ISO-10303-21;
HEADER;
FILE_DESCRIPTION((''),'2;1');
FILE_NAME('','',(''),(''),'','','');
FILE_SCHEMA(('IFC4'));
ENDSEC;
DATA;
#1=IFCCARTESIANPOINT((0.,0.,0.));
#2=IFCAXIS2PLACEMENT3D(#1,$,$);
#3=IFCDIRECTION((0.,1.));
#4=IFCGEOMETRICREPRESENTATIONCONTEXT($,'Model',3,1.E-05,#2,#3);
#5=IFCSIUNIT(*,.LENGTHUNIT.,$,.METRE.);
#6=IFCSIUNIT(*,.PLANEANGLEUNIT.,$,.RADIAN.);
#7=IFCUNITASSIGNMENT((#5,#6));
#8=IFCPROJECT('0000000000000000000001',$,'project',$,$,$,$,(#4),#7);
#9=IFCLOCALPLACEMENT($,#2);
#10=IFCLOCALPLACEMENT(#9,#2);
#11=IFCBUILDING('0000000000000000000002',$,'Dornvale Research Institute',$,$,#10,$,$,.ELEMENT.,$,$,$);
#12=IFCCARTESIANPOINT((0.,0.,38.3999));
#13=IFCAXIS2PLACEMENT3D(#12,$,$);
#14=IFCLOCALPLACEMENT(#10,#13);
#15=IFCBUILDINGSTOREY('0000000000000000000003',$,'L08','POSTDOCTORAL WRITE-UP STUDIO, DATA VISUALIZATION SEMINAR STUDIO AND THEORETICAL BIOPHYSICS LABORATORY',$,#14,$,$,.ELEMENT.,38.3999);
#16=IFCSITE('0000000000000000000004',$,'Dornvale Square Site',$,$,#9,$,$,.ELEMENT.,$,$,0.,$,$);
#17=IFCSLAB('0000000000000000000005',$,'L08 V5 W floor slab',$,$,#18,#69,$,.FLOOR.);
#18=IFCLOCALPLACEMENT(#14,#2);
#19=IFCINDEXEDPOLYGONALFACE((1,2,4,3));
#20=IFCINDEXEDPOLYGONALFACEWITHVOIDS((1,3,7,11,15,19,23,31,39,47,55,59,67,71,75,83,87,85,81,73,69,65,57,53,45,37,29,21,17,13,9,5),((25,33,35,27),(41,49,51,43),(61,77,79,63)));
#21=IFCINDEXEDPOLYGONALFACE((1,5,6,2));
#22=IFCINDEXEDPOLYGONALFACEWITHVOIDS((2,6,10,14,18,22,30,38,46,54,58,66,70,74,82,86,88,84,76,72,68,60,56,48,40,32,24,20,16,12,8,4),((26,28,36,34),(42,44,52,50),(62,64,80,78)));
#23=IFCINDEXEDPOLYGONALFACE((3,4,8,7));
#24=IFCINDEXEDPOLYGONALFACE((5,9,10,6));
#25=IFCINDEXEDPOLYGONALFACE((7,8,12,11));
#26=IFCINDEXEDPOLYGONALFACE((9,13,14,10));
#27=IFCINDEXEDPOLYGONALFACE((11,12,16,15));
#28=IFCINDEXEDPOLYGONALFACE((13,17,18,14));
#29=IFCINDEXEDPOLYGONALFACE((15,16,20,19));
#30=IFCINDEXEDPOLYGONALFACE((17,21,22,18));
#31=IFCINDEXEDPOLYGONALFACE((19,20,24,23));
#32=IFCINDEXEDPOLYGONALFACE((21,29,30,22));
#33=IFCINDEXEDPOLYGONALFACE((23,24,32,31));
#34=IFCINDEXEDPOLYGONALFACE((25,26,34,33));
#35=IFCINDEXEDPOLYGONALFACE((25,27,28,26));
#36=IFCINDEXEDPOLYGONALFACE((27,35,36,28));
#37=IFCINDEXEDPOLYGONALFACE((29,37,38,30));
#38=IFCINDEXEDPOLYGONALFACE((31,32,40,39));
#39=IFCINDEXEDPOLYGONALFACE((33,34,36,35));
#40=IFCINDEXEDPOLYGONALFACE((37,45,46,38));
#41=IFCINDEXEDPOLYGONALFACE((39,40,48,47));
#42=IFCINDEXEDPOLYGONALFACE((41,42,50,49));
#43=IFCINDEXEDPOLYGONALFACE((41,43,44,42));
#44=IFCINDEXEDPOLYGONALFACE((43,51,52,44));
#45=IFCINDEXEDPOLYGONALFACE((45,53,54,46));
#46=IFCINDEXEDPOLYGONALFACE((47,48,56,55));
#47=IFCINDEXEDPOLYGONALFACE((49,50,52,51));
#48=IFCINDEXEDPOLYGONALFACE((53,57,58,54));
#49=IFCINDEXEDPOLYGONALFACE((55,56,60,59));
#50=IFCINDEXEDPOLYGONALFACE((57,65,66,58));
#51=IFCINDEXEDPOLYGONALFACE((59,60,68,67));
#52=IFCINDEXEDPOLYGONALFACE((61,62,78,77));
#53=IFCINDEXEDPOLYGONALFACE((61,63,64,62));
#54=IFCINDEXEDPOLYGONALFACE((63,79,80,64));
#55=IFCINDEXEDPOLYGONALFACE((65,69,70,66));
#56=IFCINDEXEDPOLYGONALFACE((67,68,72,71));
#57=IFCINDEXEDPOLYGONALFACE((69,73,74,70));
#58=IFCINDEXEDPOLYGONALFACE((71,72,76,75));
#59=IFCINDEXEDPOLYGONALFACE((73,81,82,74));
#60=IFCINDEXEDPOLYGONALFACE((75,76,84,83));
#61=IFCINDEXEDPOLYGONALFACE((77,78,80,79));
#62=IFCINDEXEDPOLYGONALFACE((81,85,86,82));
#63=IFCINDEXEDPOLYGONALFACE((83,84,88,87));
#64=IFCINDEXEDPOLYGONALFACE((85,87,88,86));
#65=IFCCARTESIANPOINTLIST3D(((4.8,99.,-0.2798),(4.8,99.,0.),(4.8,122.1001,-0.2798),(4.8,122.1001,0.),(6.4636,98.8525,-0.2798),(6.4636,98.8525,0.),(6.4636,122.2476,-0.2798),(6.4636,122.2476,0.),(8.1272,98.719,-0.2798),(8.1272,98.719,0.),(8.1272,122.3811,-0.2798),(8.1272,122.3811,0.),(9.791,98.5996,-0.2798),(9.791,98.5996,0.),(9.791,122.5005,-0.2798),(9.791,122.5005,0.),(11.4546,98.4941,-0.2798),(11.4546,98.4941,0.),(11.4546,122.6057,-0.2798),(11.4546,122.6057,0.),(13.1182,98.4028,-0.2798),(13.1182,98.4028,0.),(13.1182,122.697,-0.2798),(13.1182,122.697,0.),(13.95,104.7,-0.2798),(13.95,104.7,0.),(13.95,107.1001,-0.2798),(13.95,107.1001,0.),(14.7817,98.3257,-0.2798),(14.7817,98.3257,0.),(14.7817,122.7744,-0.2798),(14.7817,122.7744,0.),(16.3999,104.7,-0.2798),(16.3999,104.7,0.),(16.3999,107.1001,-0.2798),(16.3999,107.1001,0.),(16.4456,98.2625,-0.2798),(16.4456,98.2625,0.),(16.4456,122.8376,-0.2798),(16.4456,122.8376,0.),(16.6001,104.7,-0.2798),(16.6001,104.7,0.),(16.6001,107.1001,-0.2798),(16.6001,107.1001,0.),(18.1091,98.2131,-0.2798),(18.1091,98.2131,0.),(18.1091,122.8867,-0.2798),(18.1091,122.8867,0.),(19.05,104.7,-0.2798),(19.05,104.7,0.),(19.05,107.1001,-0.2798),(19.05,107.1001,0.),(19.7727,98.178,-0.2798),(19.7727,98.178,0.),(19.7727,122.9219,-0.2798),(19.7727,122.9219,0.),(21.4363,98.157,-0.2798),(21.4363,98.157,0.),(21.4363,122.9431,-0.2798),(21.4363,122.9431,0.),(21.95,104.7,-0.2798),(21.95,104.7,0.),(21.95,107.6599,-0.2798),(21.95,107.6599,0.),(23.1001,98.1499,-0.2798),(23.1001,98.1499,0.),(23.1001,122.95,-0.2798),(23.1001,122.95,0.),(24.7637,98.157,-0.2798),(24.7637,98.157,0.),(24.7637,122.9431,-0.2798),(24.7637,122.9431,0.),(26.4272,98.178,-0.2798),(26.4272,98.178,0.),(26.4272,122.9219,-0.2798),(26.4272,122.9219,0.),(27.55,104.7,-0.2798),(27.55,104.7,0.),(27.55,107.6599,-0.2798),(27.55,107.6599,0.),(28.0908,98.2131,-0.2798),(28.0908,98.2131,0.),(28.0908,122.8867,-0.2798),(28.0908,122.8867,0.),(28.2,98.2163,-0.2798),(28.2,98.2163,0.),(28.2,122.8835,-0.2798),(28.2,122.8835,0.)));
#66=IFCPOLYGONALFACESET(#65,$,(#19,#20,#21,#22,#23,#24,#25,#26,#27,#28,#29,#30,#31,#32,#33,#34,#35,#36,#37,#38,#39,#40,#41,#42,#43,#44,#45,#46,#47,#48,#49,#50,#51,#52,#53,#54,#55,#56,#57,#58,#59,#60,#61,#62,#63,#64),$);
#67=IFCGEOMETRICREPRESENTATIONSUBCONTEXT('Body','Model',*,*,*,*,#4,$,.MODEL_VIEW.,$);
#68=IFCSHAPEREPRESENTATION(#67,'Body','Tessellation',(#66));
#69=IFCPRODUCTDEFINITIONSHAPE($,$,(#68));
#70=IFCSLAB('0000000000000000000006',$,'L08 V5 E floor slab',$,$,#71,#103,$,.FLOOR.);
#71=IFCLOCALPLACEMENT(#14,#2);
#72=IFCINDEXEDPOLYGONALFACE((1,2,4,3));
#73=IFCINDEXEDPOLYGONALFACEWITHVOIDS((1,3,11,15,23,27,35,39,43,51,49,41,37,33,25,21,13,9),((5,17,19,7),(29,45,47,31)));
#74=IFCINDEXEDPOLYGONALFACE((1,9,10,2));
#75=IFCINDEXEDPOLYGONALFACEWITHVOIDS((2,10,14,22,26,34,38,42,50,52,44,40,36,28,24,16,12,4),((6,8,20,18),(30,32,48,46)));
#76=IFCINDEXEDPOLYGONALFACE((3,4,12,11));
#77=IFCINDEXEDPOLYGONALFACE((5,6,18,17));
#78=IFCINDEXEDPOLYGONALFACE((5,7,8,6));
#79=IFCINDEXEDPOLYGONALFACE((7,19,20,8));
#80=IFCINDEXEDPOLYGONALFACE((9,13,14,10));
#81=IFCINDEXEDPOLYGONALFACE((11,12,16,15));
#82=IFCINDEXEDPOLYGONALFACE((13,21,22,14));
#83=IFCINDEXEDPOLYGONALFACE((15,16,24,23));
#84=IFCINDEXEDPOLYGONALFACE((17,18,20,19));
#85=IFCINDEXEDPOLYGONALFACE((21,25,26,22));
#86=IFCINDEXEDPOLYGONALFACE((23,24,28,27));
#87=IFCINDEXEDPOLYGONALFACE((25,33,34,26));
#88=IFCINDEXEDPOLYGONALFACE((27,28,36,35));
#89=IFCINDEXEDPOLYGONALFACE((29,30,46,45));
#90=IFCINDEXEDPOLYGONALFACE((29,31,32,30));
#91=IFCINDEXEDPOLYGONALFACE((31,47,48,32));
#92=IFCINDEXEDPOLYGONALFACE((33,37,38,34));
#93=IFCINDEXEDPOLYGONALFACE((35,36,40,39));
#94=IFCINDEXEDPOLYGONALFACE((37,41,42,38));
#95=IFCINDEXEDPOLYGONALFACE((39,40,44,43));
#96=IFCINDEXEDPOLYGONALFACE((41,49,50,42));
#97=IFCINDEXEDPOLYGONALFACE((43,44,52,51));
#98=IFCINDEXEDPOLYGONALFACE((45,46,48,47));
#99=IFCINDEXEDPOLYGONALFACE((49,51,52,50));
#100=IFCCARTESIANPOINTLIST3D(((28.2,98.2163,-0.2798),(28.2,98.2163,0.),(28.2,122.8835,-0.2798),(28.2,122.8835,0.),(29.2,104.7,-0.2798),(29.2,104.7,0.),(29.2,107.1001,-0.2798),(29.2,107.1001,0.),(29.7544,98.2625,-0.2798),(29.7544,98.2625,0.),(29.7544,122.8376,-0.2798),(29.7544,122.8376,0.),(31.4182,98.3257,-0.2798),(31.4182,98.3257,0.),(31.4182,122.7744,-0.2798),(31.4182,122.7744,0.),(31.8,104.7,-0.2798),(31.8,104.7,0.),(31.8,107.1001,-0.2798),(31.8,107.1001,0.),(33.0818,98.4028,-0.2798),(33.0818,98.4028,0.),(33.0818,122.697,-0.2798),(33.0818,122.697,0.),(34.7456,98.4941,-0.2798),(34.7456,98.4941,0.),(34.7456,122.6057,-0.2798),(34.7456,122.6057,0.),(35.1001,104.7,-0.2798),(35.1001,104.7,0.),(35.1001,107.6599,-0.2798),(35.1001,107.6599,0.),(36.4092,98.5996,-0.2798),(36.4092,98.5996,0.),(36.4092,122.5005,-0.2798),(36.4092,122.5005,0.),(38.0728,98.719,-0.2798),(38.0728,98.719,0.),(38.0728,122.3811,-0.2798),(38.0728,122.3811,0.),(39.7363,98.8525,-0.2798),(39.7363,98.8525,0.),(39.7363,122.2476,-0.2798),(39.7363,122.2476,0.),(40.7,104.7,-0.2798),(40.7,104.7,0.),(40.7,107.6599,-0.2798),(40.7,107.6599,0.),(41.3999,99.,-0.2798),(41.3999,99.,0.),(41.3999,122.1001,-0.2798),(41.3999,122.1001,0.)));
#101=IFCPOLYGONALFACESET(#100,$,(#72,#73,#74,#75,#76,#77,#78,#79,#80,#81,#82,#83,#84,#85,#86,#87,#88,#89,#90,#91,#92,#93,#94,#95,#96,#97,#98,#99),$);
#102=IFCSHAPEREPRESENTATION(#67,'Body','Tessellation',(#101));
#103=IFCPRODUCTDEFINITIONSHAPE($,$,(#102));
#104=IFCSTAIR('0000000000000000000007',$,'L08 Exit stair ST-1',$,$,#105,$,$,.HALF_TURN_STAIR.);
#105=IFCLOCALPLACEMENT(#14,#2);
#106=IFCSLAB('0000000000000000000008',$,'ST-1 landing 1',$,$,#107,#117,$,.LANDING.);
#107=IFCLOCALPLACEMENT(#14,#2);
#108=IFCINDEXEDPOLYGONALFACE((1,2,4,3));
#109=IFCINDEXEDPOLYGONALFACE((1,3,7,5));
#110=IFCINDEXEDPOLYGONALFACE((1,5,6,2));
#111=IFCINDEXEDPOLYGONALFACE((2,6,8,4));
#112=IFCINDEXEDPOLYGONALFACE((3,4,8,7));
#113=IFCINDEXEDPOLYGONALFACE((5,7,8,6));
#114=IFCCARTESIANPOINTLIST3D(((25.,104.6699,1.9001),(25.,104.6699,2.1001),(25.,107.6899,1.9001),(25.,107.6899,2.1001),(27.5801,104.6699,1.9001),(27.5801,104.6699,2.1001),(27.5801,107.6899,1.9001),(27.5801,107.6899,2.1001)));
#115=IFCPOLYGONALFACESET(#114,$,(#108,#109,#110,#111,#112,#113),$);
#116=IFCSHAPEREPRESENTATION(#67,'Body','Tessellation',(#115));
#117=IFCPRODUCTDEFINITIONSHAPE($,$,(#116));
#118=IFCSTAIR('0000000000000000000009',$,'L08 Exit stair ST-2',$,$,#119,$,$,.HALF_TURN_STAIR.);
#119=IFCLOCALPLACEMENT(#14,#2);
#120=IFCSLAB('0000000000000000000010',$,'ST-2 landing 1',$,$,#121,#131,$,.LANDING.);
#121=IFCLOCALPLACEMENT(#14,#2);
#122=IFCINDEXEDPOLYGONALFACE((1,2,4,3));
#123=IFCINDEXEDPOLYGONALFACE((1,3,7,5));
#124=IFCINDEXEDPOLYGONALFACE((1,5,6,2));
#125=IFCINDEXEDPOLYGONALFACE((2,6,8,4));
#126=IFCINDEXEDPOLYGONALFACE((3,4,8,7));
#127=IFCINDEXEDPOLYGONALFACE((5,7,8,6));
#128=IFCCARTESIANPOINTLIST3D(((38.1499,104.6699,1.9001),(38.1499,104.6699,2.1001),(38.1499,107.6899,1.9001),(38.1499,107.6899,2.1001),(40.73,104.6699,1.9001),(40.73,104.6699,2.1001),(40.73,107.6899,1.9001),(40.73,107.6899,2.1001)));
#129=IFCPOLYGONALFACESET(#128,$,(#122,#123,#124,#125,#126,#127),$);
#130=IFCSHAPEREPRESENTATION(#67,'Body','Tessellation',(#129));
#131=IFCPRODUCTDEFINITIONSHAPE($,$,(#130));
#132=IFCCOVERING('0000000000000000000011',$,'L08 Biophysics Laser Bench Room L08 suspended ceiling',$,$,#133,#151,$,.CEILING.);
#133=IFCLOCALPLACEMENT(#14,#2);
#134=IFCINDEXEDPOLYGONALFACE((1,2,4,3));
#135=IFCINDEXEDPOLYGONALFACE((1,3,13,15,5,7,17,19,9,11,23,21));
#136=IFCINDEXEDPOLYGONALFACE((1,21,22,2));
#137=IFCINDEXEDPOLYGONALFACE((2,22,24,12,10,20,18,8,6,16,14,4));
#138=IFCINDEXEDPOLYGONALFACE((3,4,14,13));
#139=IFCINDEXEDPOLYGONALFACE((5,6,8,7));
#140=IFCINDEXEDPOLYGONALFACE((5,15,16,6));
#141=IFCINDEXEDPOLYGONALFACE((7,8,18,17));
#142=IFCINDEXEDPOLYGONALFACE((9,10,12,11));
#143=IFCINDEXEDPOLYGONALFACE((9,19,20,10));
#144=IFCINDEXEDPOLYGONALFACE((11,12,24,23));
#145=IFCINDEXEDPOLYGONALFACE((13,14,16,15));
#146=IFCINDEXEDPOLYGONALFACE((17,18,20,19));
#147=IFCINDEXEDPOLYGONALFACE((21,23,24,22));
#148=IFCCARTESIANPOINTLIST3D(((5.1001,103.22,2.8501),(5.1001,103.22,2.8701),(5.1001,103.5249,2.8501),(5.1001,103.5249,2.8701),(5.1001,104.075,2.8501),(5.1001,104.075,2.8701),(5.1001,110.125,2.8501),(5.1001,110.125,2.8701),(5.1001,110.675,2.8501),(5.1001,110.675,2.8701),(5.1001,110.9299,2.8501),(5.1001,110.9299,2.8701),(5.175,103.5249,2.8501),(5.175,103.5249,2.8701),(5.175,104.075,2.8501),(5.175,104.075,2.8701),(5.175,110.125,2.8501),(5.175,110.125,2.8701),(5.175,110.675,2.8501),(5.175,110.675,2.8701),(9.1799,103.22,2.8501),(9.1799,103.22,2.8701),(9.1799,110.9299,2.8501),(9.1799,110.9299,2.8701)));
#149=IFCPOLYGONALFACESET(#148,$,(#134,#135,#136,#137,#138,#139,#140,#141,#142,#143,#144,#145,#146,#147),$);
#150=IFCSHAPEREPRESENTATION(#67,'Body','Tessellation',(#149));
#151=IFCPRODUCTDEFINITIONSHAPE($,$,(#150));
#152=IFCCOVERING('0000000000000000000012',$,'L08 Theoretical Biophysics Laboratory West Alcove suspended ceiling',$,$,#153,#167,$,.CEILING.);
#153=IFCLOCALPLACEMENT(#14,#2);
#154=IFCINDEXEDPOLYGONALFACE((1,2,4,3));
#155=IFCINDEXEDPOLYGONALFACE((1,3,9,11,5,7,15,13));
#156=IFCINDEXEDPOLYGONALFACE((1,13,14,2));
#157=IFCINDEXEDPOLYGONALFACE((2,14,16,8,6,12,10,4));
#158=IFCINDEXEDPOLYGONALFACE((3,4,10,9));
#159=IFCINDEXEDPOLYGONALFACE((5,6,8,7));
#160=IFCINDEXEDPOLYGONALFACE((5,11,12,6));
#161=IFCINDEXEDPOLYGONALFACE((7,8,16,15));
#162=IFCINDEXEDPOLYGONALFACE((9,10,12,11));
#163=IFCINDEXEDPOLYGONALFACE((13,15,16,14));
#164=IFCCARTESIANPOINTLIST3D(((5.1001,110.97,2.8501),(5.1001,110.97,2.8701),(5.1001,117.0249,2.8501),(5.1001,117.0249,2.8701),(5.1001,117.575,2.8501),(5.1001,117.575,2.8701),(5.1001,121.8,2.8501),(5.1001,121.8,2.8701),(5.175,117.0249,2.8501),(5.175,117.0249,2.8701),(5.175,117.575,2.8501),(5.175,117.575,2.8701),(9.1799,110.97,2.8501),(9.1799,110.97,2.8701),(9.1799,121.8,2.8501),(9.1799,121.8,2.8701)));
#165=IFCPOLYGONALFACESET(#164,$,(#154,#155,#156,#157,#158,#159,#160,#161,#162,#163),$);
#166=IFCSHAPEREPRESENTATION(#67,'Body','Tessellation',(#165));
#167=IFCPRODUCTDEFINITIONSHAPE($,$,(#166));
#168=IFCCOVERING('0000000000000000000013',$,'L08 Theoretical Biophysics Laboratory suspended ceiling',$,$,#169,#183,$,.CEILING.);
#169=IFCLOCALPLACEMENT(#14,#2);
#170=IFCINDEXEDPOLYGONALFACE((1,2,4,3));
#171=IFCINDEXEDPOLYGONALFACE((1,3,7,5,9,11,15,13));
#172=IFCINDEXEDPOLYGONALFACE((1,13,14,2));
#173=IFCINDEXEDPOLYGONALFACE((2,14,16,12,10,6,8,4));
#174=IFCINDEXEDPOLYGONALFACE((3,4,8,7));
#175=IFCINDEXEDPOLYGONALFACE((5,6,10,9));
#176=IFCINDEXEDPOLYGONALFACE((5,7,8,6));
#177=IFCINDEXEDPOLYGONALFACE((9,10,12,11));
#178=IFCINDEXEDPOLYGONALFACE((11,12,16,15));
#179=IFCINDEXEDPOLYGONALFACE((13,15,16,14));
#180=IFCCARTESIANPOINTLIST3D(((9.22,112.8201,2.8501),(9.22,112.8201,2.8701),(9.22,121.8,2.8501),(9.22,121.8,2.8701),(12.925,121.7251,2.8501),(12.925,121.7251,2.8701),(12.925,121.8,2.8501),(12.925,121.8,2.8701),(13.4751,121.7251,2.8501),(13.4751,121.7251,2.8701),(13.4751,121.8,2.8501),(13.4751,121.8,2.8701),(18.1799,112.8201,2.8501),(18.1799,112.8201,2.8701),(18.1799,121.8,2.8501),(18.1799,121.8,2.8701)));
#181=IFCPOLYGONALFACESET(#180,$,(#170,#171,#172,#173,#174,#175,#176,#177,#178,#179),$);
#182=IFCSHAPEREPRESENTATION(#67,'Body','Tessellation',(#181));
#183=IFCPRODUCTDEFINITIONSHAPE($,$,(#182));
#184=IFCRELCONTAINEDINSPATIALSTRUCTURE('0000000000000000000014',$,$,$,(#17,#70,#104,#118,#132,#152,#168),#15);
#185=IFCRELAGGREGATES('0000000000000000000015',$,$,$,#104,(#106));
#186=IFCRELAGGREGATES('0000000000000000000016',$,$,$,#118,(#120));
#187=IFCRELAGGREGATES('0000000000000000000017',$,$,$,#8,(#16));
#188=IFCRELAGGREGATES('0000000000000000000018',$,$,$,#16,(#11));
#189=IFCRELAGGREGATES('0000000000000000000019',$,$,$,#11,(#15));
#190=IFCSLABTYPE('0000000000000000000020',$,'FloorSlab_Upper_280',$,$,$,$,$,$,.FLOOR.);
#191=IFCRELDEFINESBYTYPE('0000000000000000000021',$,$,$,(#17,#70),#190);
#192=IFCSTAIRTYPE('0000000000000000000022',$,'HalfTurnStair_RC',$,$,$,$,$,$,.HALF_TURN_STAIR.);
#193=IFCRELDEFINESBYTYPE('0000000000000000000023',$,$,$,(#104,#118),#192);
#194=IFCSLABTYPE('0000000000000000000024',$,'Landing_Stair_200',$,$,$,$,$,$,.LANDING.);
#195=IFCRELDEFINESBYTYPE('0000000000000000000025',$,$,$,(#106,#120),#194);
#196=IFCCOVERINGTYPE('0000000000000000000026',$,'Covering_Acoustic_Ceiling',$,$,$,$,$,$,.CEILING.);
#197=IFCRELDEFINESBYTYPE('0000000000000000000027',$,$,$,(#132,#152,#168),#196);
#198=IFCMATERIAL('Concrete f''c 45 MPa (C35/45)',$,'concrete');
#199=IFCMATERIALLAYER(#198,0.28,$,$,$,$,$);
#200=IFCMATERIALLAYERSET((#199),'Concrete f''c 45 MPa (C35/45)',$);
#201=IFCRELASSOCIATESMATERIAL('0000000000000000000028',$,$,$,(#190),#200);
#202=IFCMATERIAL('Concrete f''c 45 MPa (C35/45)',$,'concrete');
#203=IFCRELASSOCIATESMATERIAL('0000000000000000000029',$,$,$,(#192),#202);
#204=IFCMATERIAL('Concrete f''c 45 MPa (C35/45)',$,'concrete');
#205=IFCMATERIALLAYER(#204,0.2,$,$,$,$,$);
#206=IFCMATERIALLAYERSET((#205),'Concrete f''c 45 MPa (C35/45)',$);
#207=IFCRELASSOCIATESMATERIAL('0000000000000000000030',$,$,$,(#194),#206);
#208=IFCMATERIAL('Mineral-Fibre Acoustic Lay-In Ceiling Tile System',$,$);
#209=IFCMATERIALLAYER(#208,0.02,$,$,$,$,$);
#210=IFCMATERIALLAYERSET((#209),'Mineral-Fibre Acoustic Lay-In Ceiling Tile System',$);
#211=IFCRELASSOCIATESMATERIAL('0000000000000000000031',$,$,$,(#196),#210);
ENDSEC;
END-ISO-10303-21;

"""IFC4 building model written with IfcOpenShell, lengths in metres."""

from ifc_helpers import new_model, si_unit, direction, frame, origin, place, context, subcontext, project, spatial, polyline, outline, extrude, material, layer, layer_set, type_object, element, aggregate, save


model = new_model("IFC4")

# Units and contexts
model_context = context("Model", 3, precision=1e-05, world=origin(), true_north=direction((0.0, 1.0)))
body_context = subcontext(model_context, "Body", "Model", "MODEL_VIEW")
ifc_project = project(units=[si_unit("LENGTHUNIT", "METRE"), si_unit("PLANEANGLEUNIT", "RADIAN")], contexts=[model_context])

# Site, building, storey
site_placement = place(None, origin())
site = spatial("IfcSite", under=ifc_project, at=site_placement, Name="Dornvale Square Site", CompositionType="ELEMENT", RefElevation=0.0)
building_placement = place(site_placement, origin())
building = spatial("IfcBuilding", under=site, at=building_placement, Name="Dornvale Research Institute", CompositionType="ELEMENT")
storey_placement = place(building_placement, frame((0.0, 0.0, 38.3999)))
storey = spatial("IfcBuildingStorey", under=building, at=storey_placement, Name="L08", Description="POSTDOCTORAL WRITE-UP STUDIO, DATA VISUALIZATION SEMINAR STUDIO AND THEORETICAL BIOPHYSICS LABORATORY", CompositionType="ELEMENT", Elevation=38.3999)

# Slabs
ifc_material_1 = material(Name="Concrete f'c 45 MPa (C35/45)", Category="concrete")
ifc_layer_1 = layer(ifc_material_1, 0.28)
ifc_layer_set_1 = layer_set([ifc_layer_1], Name="Concrete f'c 45 MPa (C35/45)")
slab_type_1 = type_object("IfcSlabType", Name="FloorSlab_Upper_280", PredefinedType="FLOOR", material=ifc_layer_set_1)
slab_1_placement = place(storey_placement, frame((0.0, 0.0, -0.2798)))
element("IfcSlab", 1, at=slab_1_placement, inside=storey, type_object=slab_type_1, Name="L08 V5 W floor slab", PredefinedType="FLOOR", context=body_context, shape_type="SweptSolid", body=[
    extrude(outline(polyline([(28.0908, 98.2131), (26.4272, 98.178), (24.7637, 98.157), (23.1001, 98.1499), (21.4363, 98.157), (19.7727, 98.178), (18.1091, 98.2131), (16.4456, 98.2625), (14.7817, 98.3257), (13.1182, 98.4028), (11.4546, 98.4941), (9.791, 98.5996), (8.1272, 98.719), (6.4636, 98.8525), (4.8, 99.0), (4.8, 122.1001), (6.4636, 122.2476), (8.1272, 122.3811), (9.791, 122.5005), (11.4546, 122.6057), (13.1182, 122.697), (14.7817, 122.7744), (16.4456, 122.8376), (18.1091, 122.8867), (19.7727, 122.9219), (21.4363, 122.9431), (23.1001, 122.95), (24.7637, 122.9431), (26.4272, 122.9219), (28.0908, 122.8867), (28.2, 122.8835), (28.2, 98.2163), (28.0908, 98.2131)]), holes=[polyline([(21.95, 104.7), (27.55, 104.7), (27.55, 107.6599), (21.95, 107.6599), (21.95, 104.7)]), polyline([(13.95, 104.7), (16.3999, 104.7), (16.3999, 107.1001), (13.95, 107.1001), (13.95, 104.7)]), polyline([(16.6001, 104.7), (19.05, 104.7), (19.05, 107.1001), (16.6001, 107.1001), (16.6001, 104.7)])]), origin(), (0.0, 0.0, 1.0), 0.2798),
])
slab_2_placement = place(storey_placement, frame((0.0, 0.0, -0.2798)))
element("IfcSlab", 2, at=slab_2_placement, inside=storey, type_object=slab_type_1, Name="L08 V5 E floor slab", PredefinedType="FLOOR", context=body_context, shape_type="SweptSolid", body=[
    extrude(outline(polyline([(29.7544, 122.8376), (31.4182, 122.7744), (33.0818, 122.697), (34.7456, 122.6057), (36.4092, 122.5005), (38.0728, 122.3811), (39.7363, 122.2476), (41.3999, 122.1001), (41.3999, 99.0), (39.7363, 98.8525), (38.0728, 98.719), (36.4092, 98.5996), (34.7456, 98.4941), (33.0818, 98.4028), (31.4182, 98.3257), (29.7544, 98.2625), (28.2, 98.2163), (28.2, 122.8835), (29.7544, 122.8376)]), holes=[polyline([(35.1001, 104.7), (40.7, 104.7), (40.7, 107.6599), (35.1001, 107.6599), (35.1001, 104.7)]), polyline([(29.2, 104.7), (31.8, 104.7), (31.8, 107.1001), (29.2, 107.1001), (29.2, 104.7)])]), origin(), (0.0, 0.0, 1.0), 0.2798),
])

# Stairs, slabs
ifc_material_2 = material(Name="Concrete f'c 45 MPa (C35/45)", Category="concrete")
stair_type = type_object("IfcStairType", Name="HalfTurnStair_RC", PredefinedType="HALF_TURN_STAIR", material=ifc_material_2)
stair_1_placement = place(storey_placement, origin())
stair_1 = element("IfcStair", 3, at=stair_1_placement, inside=storey, type_object=stair_type, Name="L08 Exit stair ST-1", PredefinedType="HALF_TURN_STAIR")
ifc_material_3 = material(Name="Concrete f'c 45 MPa (C35/45)", Category="concrete")
ifc_layer_2 = layer(ifc_material_3, 0.2)
ifc_layer_set_2 = layer_set([ifc_layer_2], Name="Concrete f'c 45 MPa (C35/45)")
slab_type_2 = type_object("IfcSlabType", Name="Landing_Stair_200", PredefinedType="LANDING", material=ifc_layer_set_2)
slab_3_placement = place(storey_placement, frame((0.0, 0.0, 1.9001)))
slab_3 = element("IfcSlab", 4, at=slab_3_placement, type_object=slab_type_2, Name="ST-1 landing 1", PredefinedType="LANDING", context=body_context, shape_type="SweptSolid", body=[
    extrude(outline(polyline([(25.0, 104.6699), (25.0, 107.6899), (27.5801, 107.6899), (27.5801, 104.6699), (25.0, 104.6699)])), origin(), (0.0, 0.0, 1.0), 0.2),
])
aggregate(stair_1, [slab_3])
stair_2_placement = place(storey_placement, origin())
stair_2 = element("IfcStair", 5, at=stair_2_placement, inside=storey, type_object=stair_type, Name="L08 Exit stair ST-2", PredefinedType="HALF_TURN_STAIR")
slab_4_placement = place(storey_placement, frame((0.0, 0.0, 1.9001)))
slab_4 = element("IfcSlab", 6, at=slab_4_placement, type_object=slab_type_2, Name="ST-2 landing 1", PredefinedType="LANDING", context=body_context, shape_type="SweptSolid", body=[
    extrude(outline(polyline([(38.1499, 104.6699), (38.1499, 107.6899), (40.73, 107.6899), (40.73, 104.6699), (38.1499, 104.6699)])), origin(), (0.0, 0.0, 1.0), 0.2),
])
aggregate(stair_2, [slab_4])

# Coverings
ifc_material_4 = material(Name="Mineral-Fibre Acoustic Lay-In Ceiling Tile System")
ifc_layer_3 = layer(ifc_material_4, 0.02)
ifc_layer_set_3 = layer_set([ifc_layer_3], Name="Mineral-Fibre Acoustic Lay-In Ceiling Tile System")
covering_type_1 = type_object("IfcCoveringType", Name="Covering_Acoustic_Ceiling", PredefinedType="CEILING", material=ifc_layer_set_3)
covering_1_placement = place(storey_placement, frame((0.0, 0.0, 2.8501)))
element("IfcCovering", 7, at=covering_1_placement, inside=storey, type_object=covering_type_1, Name="L08 Biophysics Laser Bench Room L08 suspended ceiling", PredefinedType="CEILING", context=body_context, shape_type="SweptSolid", body=[
    extrude(outline(polyline([(5.175, 104.075), (5.1001, 104.075), (5.1001, 110.125), (5.175, 110.125), (5.175, 110.675), (5.1001, 110.675), (5.1001, 110.9299), (9.1799, 110.9299), (9.1799, 103.22), (5.1001, 103.22), (5.1001, 103.5249), (5.175, 103.5249), (5.175, 104.075)])), origin(), (0.0, 0.0, 1.0), 0.02),
])
covering_2_placement = place(storey_placement, frame((0.0, 0.0, 2.8501)))
element("IfcCovering", 8, at=covering_2_placement, inside=storey, type_object=covering_type_1, Name="L08 Theoretical Biophysics Laboratory West Alcove suspended ceiling", PredefinedType="CEILING", context=body_context, shape_type="SweptSolid", body=[
    extrude(outline(polyline([(5.175, 117.575), (5.1001, 117.575), (5.1001, 121.8), (9.1799, 121.8), (9.1799, 110.97), (5.1001, 110.97), (5.1001, 117.0249), (5.175, 117.0249), (5.175, 117.575)])), origin(), (0.0, 0.0, 1.0), 0.02),
])
covering_3_placement = place(storey_placement, frame((0.0, 0.0, 2.8501)))
element("IfcCovering", 9, at=covering_3_placement, inside=storey, type_object=covering_type_1, Name="L08 Theoretical Biophysics Laboratory suspended ceiling", PredefinedType="CEILING", context=body_context, shape_type="SweptSolid", body=[
    extrude(outline(polyline([(12.925, 121.7251), (13.4751, 121.7251), (13.4751, 121.8), (18.1799, 121.8), (18.1799, 112.8201), (9.22, 112.8201), (9.22, 121.8), (12.925, 121.8), (12.925, 121.7251)])), origin(), (0.0, 0.0, 1.0), 0.02),
])

save(model, "model.ifc")
